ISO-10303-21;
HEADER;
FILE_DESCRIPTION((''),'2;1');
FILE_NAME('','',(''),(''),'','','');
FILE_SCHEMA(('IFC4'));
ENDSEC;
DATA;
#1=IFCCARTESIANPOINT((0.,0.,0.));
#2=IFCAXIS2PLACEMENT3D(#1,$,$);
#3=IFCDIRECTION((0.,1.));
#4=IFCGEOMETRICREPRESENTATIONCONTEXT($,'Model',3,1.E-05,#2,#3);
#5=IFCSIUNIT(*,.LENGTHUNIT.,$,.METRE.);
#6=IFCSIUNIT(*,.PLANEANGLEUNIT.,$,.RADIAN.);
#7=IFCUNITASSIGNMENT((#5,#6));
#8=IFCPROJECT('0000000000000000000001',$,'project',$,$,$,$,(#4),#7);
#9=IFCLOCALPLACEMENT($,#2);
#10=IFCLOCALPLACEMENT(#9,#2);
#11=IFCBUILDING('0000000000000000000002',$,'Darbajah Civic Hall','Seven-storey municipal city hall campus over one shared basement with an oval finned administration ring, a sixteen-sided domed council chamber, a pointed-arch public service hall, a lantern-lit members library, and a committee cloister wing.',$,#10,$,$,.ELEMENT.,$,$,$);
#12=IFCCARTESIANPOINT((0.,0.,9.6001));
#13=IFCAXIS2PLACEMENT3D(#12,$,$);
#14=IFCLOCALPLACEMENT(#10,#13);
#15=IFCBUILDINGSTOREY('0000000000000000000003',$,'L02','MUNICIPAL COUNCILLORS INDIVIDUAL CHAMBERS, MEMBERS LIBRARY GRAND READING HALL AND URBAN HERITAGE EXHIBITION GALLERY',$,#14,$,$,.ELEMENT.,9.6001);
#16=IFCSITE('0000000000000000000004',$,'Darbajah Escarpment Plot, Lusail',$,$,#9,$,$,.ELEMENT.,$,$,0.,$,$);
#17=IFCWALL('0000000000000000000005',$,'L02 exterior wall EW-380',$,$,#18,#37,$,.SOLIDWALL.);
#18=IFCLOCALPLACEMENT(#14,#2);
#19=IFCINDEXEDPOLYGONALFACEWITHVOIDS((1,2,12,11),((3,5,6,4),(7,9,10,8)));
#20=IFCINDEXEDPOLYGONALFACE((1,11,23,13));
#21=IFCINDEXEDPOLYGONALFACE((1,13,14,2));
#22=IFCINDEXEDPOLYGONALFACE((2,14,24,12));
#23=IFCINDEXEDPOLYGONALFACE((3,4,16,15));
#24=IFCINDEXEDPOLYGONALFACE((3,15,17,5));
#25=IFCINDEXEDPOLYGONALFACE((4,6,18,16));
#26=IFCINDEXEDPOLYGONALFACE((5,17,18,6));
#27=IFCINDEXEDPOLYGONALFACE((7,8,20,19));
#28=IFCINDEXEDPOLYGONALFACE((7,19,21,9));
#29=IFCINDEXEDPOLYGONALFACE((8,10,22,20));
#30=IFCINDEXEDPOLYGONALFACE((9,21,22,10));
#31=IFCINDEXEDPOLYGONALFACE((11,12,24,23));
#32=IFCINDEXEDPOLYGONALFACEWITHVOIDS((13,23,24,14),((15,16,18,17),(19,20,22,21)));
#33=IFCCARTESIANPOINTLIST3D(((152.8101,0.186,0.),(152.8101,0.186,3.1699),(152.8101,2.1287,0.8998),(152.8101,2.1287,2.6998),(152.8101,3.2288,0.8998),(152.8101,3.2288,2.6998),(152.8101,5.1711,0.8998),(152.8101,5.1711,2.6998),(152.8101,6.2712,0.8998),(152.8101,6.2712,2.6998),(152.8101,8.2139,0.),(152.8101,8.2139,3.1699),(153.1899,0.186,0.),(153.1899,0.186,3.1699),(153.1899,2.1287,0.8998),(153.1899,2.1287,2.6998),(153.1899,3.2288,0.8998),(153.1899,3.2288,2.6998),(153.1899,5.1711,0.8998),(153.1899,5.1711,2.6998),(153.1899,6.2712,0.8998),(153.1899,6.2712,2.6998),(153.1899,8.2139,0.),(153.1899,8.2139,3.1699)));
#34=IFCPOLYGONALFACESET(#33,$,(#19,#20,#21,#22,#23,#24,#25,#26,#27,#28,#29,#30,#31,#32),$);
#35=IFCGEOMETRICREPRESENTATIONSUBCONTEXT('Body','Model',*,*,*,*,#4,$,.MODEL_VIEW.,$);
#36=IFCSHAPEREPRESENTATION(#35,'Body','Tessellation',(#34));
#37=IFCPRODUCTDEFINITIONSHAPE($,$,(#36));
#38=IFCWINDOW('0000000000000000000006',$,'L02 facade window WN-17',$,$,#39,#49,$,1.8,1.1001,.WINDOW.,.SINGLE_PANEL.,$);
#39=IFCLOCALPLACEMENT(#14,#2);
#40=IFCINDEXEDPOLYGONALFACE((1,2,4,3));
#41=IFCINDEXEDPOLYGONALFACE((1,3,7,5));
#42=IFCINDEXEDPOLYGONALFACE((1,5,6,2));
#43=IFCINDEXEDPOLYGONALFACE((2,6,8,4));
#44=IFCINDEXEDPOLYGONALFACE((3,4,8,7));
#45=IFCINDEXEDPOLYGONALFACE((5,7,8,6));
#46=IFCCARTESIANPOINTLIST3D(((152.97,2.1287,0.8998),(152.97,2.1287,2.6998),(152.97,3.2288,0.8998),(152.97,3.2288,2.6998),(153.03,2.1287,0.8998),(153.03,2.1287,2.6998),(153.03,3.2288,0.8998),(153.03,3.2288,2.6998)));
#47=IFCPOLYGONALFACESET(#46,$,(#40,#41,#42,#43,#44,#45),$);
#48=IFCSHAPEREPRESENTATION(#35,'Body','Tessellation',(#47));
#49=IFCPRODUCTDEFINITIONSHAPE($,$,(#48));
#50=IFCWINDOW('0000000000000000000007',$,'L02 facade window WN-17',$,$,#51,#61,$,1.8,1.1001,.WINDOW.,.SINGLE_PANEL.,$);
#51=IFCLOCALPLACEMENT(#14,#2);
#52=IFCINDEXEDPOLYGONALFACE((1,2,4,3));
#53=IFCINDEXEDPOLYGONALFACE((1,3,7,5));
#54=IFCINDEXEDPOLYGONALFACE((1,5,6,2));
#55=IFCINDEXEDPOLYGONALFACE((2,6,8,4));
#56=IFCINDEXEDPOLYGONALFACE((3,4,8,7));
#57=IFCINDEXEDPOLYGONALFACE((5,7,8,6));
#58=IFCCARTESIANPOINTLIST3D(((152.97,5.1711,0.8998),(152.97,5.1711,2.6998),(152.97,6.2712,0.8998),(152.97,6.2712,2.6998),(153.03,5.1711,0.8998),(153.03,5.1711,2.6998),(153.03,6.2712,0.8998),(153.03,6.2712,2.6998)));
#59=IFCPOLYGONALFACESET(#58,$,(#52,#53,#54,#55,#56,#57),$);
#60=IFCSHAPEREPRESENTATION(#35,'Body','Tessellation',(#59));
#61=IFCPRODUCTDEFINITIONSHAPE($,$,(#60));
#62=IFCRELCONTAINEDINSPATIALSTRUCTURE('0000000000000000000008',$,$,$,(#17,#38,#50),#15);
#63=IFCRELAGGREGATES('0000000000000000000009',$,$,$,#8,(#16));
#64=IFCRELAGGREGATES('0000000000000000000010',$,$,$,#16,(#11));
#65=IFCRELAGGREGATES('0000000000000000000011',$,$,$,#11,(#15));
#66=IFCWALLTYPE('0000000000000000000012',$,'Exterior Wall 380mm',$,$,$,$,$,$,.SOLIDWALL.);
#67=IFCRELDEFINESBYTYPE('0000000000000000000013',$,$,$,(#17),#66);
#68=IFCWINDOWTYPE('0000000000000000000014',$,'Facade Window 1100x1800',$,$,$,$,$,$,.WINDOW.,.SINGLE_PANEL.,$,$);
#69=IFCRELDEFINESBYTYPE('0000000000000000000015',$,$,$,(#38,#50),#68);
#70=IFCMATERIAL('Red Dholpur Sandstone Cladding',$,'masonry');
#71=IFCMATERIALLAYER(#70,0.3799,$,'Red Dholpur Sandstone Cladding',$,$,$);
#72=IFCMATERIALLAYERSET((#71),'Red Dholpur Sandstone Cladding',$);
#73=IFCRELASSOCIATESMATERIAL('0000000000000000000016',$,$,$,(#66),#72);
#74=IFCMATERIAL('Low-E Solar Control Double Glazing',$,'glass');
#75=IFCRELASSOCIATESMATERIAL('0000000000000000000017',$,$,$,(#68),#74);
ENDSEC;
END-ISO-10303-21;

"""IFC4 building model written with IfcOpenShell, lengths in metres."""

from ifc_helpers import new_model, si_unit, direction, frame, frame_2d, origin, place, context, subcontext, project, spatial, rectangle, extrude, material, layer, layer_set, type_object, element, fill, save


model = new_model("IFC4")

# Units and contexts
model_context = context("Model", 3, precision=1e-05, world=origin(), true_north=direction((0.0, 1.0)))
body_context = subcontext(model_context, "Body", "Model", "MODEL_VIEW")
ifc_project = project(units=[si_unit("LENGTHUNIT", "METRE"), si_unit("PLANEANGLEUNIT", "RADIAN")], contexts=[model_context])

# Site, building, storey
site_placement = place(None, origin())
site = spatial("IfcSite", under=ifc_project, at=site_placement, Name="Darbajah Escarpment Plot, Lusail", CompositionType="ELEMENT", RefElevation=0.0)
building_placement = place(site_placement, origin())
building = spatial("IfcBuilding", under=site, at=building_placement, Name="Darbajah Civic Hall", Description="Seven-storey municipal city hall campus over one shared basement with an oval finned administration ring, a sixteen-sided domed council chamber, a pointed-arch public service hall, a lantern-lit members library, and a committee cloister wing.", CompositionType="ELEMENT")
storey_placement = place(building_placement, frame((0.0, 0.0, 9.6001)))
storey = spatial("IfcBuildingStorey", under=building, at=storey_placement, Name="L02", Description="MUNICIPAL COUNCILLORS INDIVIDUAL CHAMBERS, MEMBERS LIBRARY GRAND READING HALL AND URBAN HERITAGE EXHIBITION GALLERY", CompositionType="ELEMENT", Elevation=9.6001)

# Wall, openings, windows
ifc_material_1 = material(Name="Red Dholpur Sandstone Cladding", Category="masonry")
ifc_layer = layer(ifc_material_1, 0.3799, Name="Red Dholpur Sandstone Cladding")
ifc_layer_set = layer_set([ifc_layer], Name="Red Dholpur Sandstone Cladding")
wall_type = type_object("IfcWallType", Name="Exterior Wall 380mm", PredefinedType="SOLIDWALL", material=ifc_layer_set)
ifc_material_2 = material(Name="Low-E Solar Control Double Glazing", Category="glass")
window_type = type_object("IfcWindowType", Name="Facade Window 1100x1800", PartitioningType="SINGLE_PANEL", PredefinedType="WINDOW", material=ifc_material_2)
wall_1_placement = place(storey_placement, frame((153.0, 0.186, 0.0), z_axis=(0.0, 0.0, 1.0), x_axis=(0.0, 1.0, 0.0)))
wall_1 = element("IfcWall", 1, at=wall_1_placement, inside=storey, type_object=wall_type, Name="L02 exterior wall EW-380", PredefinedType="SOLIDWALL", context=body_context, shape_type="SweptSolid", body=[
    extrude(rectangle(XDim=8.0278, YDim=0.3799, at=frame_2d((4.0139, 0.0))), origin(), (0.0, 0.0, 1.0), 3.1699),
])
opening_1_placement = place(wall_1_placement, frame((1.9426, 0.0, 0.8999)))
opening_1 = element("IfcOpeningElement", 2, at=opening_1_placement, cuts=wall_1, PredefinedType="OPENING", context=body_context, shape_type="SweptSolid", body=[
    extrude(rectangle(XDim=1.1001, YDim=1.8, at=frame_2d((0.55, 0.8999))), frame((0.0, 0.2, 0.0), z_axis=(0.0, -1.0, 0.0), x_axis=(1.0, 0.0, 0.0)), (0.0, 0.0, 1.0), 0.3999),
])
opening_2_placement = place(wall_1_placement, frame((4.9851, 0.0, 0.8999)))
opening_2 = element("IfcOpeningElement", 3, at=opening_2_placement, cuts=wall_1, PredefinedType="OPENING", context=body_context, shape_type="SweptSolid", body=[
    extrude(rectangle(XDim=1.1001, YDim=1.8, at=frame_2d((0.55, 0.8999))), frame((0.0, 0.2, 0.0), z_axis=(0.0, -1.0, 0.0), x_axis=(1.0, 0.0, 0.0)), (0.0, 0.0, 1.0), 0.3999),
])
window_1_placement = place(opening_1_placement, origin())
window_1 = element("IfcWindow", 4, at=window_1_placement, inside=storey, type_object=window_type, Name="L02 facade window WN-17", OverallHeight=1.8, OverallWidth=1.1001, PartitioningType="SINGLE_PANEL", PredefinedType="WINDOW", context=body_context, shape_type="SweptSolid", body=[
    extrude(rectangle(XDim=1.1001, YDim=1.8, at=frame_2d((0.55, 0.8999))), frame((0.0, 0.03, 0.0), z_axis=(0.0, -1.0, 0.0), x_axis=(1.0, 0.0, 0.0)), (0.0, 0.0, 1.0), 0.0601),
])
fill(opening_1, window_1)
window_2_placement = place(opening_2_placement, origin())
window_2 = element("IfcWindow", 5, at=window_2_placement, inside=storey, type_object=window_type, Name="L02 facade window WN-17", OverallHeight=1.8, OverallWidth=1.1001, PartitioningType="SINGLE_PANEL", PredefinedType="WINDOW", context=body_context, shape_type="SweptSolid", body=[
    extrude(rectangle(XDim=1.1001, YDim=1.8, at=frame_2d((0.55, 0.8999))), frame((0.0, 0.03, 0.0), z_axis=(0.0, -1.0, 0.0), x_axis=(1.0, 0.0, 0.0)), (0.0, 0.0, 1.0), 0.0601),
])
fill(opening_2, window_2)

save(model, "model.ifc")
